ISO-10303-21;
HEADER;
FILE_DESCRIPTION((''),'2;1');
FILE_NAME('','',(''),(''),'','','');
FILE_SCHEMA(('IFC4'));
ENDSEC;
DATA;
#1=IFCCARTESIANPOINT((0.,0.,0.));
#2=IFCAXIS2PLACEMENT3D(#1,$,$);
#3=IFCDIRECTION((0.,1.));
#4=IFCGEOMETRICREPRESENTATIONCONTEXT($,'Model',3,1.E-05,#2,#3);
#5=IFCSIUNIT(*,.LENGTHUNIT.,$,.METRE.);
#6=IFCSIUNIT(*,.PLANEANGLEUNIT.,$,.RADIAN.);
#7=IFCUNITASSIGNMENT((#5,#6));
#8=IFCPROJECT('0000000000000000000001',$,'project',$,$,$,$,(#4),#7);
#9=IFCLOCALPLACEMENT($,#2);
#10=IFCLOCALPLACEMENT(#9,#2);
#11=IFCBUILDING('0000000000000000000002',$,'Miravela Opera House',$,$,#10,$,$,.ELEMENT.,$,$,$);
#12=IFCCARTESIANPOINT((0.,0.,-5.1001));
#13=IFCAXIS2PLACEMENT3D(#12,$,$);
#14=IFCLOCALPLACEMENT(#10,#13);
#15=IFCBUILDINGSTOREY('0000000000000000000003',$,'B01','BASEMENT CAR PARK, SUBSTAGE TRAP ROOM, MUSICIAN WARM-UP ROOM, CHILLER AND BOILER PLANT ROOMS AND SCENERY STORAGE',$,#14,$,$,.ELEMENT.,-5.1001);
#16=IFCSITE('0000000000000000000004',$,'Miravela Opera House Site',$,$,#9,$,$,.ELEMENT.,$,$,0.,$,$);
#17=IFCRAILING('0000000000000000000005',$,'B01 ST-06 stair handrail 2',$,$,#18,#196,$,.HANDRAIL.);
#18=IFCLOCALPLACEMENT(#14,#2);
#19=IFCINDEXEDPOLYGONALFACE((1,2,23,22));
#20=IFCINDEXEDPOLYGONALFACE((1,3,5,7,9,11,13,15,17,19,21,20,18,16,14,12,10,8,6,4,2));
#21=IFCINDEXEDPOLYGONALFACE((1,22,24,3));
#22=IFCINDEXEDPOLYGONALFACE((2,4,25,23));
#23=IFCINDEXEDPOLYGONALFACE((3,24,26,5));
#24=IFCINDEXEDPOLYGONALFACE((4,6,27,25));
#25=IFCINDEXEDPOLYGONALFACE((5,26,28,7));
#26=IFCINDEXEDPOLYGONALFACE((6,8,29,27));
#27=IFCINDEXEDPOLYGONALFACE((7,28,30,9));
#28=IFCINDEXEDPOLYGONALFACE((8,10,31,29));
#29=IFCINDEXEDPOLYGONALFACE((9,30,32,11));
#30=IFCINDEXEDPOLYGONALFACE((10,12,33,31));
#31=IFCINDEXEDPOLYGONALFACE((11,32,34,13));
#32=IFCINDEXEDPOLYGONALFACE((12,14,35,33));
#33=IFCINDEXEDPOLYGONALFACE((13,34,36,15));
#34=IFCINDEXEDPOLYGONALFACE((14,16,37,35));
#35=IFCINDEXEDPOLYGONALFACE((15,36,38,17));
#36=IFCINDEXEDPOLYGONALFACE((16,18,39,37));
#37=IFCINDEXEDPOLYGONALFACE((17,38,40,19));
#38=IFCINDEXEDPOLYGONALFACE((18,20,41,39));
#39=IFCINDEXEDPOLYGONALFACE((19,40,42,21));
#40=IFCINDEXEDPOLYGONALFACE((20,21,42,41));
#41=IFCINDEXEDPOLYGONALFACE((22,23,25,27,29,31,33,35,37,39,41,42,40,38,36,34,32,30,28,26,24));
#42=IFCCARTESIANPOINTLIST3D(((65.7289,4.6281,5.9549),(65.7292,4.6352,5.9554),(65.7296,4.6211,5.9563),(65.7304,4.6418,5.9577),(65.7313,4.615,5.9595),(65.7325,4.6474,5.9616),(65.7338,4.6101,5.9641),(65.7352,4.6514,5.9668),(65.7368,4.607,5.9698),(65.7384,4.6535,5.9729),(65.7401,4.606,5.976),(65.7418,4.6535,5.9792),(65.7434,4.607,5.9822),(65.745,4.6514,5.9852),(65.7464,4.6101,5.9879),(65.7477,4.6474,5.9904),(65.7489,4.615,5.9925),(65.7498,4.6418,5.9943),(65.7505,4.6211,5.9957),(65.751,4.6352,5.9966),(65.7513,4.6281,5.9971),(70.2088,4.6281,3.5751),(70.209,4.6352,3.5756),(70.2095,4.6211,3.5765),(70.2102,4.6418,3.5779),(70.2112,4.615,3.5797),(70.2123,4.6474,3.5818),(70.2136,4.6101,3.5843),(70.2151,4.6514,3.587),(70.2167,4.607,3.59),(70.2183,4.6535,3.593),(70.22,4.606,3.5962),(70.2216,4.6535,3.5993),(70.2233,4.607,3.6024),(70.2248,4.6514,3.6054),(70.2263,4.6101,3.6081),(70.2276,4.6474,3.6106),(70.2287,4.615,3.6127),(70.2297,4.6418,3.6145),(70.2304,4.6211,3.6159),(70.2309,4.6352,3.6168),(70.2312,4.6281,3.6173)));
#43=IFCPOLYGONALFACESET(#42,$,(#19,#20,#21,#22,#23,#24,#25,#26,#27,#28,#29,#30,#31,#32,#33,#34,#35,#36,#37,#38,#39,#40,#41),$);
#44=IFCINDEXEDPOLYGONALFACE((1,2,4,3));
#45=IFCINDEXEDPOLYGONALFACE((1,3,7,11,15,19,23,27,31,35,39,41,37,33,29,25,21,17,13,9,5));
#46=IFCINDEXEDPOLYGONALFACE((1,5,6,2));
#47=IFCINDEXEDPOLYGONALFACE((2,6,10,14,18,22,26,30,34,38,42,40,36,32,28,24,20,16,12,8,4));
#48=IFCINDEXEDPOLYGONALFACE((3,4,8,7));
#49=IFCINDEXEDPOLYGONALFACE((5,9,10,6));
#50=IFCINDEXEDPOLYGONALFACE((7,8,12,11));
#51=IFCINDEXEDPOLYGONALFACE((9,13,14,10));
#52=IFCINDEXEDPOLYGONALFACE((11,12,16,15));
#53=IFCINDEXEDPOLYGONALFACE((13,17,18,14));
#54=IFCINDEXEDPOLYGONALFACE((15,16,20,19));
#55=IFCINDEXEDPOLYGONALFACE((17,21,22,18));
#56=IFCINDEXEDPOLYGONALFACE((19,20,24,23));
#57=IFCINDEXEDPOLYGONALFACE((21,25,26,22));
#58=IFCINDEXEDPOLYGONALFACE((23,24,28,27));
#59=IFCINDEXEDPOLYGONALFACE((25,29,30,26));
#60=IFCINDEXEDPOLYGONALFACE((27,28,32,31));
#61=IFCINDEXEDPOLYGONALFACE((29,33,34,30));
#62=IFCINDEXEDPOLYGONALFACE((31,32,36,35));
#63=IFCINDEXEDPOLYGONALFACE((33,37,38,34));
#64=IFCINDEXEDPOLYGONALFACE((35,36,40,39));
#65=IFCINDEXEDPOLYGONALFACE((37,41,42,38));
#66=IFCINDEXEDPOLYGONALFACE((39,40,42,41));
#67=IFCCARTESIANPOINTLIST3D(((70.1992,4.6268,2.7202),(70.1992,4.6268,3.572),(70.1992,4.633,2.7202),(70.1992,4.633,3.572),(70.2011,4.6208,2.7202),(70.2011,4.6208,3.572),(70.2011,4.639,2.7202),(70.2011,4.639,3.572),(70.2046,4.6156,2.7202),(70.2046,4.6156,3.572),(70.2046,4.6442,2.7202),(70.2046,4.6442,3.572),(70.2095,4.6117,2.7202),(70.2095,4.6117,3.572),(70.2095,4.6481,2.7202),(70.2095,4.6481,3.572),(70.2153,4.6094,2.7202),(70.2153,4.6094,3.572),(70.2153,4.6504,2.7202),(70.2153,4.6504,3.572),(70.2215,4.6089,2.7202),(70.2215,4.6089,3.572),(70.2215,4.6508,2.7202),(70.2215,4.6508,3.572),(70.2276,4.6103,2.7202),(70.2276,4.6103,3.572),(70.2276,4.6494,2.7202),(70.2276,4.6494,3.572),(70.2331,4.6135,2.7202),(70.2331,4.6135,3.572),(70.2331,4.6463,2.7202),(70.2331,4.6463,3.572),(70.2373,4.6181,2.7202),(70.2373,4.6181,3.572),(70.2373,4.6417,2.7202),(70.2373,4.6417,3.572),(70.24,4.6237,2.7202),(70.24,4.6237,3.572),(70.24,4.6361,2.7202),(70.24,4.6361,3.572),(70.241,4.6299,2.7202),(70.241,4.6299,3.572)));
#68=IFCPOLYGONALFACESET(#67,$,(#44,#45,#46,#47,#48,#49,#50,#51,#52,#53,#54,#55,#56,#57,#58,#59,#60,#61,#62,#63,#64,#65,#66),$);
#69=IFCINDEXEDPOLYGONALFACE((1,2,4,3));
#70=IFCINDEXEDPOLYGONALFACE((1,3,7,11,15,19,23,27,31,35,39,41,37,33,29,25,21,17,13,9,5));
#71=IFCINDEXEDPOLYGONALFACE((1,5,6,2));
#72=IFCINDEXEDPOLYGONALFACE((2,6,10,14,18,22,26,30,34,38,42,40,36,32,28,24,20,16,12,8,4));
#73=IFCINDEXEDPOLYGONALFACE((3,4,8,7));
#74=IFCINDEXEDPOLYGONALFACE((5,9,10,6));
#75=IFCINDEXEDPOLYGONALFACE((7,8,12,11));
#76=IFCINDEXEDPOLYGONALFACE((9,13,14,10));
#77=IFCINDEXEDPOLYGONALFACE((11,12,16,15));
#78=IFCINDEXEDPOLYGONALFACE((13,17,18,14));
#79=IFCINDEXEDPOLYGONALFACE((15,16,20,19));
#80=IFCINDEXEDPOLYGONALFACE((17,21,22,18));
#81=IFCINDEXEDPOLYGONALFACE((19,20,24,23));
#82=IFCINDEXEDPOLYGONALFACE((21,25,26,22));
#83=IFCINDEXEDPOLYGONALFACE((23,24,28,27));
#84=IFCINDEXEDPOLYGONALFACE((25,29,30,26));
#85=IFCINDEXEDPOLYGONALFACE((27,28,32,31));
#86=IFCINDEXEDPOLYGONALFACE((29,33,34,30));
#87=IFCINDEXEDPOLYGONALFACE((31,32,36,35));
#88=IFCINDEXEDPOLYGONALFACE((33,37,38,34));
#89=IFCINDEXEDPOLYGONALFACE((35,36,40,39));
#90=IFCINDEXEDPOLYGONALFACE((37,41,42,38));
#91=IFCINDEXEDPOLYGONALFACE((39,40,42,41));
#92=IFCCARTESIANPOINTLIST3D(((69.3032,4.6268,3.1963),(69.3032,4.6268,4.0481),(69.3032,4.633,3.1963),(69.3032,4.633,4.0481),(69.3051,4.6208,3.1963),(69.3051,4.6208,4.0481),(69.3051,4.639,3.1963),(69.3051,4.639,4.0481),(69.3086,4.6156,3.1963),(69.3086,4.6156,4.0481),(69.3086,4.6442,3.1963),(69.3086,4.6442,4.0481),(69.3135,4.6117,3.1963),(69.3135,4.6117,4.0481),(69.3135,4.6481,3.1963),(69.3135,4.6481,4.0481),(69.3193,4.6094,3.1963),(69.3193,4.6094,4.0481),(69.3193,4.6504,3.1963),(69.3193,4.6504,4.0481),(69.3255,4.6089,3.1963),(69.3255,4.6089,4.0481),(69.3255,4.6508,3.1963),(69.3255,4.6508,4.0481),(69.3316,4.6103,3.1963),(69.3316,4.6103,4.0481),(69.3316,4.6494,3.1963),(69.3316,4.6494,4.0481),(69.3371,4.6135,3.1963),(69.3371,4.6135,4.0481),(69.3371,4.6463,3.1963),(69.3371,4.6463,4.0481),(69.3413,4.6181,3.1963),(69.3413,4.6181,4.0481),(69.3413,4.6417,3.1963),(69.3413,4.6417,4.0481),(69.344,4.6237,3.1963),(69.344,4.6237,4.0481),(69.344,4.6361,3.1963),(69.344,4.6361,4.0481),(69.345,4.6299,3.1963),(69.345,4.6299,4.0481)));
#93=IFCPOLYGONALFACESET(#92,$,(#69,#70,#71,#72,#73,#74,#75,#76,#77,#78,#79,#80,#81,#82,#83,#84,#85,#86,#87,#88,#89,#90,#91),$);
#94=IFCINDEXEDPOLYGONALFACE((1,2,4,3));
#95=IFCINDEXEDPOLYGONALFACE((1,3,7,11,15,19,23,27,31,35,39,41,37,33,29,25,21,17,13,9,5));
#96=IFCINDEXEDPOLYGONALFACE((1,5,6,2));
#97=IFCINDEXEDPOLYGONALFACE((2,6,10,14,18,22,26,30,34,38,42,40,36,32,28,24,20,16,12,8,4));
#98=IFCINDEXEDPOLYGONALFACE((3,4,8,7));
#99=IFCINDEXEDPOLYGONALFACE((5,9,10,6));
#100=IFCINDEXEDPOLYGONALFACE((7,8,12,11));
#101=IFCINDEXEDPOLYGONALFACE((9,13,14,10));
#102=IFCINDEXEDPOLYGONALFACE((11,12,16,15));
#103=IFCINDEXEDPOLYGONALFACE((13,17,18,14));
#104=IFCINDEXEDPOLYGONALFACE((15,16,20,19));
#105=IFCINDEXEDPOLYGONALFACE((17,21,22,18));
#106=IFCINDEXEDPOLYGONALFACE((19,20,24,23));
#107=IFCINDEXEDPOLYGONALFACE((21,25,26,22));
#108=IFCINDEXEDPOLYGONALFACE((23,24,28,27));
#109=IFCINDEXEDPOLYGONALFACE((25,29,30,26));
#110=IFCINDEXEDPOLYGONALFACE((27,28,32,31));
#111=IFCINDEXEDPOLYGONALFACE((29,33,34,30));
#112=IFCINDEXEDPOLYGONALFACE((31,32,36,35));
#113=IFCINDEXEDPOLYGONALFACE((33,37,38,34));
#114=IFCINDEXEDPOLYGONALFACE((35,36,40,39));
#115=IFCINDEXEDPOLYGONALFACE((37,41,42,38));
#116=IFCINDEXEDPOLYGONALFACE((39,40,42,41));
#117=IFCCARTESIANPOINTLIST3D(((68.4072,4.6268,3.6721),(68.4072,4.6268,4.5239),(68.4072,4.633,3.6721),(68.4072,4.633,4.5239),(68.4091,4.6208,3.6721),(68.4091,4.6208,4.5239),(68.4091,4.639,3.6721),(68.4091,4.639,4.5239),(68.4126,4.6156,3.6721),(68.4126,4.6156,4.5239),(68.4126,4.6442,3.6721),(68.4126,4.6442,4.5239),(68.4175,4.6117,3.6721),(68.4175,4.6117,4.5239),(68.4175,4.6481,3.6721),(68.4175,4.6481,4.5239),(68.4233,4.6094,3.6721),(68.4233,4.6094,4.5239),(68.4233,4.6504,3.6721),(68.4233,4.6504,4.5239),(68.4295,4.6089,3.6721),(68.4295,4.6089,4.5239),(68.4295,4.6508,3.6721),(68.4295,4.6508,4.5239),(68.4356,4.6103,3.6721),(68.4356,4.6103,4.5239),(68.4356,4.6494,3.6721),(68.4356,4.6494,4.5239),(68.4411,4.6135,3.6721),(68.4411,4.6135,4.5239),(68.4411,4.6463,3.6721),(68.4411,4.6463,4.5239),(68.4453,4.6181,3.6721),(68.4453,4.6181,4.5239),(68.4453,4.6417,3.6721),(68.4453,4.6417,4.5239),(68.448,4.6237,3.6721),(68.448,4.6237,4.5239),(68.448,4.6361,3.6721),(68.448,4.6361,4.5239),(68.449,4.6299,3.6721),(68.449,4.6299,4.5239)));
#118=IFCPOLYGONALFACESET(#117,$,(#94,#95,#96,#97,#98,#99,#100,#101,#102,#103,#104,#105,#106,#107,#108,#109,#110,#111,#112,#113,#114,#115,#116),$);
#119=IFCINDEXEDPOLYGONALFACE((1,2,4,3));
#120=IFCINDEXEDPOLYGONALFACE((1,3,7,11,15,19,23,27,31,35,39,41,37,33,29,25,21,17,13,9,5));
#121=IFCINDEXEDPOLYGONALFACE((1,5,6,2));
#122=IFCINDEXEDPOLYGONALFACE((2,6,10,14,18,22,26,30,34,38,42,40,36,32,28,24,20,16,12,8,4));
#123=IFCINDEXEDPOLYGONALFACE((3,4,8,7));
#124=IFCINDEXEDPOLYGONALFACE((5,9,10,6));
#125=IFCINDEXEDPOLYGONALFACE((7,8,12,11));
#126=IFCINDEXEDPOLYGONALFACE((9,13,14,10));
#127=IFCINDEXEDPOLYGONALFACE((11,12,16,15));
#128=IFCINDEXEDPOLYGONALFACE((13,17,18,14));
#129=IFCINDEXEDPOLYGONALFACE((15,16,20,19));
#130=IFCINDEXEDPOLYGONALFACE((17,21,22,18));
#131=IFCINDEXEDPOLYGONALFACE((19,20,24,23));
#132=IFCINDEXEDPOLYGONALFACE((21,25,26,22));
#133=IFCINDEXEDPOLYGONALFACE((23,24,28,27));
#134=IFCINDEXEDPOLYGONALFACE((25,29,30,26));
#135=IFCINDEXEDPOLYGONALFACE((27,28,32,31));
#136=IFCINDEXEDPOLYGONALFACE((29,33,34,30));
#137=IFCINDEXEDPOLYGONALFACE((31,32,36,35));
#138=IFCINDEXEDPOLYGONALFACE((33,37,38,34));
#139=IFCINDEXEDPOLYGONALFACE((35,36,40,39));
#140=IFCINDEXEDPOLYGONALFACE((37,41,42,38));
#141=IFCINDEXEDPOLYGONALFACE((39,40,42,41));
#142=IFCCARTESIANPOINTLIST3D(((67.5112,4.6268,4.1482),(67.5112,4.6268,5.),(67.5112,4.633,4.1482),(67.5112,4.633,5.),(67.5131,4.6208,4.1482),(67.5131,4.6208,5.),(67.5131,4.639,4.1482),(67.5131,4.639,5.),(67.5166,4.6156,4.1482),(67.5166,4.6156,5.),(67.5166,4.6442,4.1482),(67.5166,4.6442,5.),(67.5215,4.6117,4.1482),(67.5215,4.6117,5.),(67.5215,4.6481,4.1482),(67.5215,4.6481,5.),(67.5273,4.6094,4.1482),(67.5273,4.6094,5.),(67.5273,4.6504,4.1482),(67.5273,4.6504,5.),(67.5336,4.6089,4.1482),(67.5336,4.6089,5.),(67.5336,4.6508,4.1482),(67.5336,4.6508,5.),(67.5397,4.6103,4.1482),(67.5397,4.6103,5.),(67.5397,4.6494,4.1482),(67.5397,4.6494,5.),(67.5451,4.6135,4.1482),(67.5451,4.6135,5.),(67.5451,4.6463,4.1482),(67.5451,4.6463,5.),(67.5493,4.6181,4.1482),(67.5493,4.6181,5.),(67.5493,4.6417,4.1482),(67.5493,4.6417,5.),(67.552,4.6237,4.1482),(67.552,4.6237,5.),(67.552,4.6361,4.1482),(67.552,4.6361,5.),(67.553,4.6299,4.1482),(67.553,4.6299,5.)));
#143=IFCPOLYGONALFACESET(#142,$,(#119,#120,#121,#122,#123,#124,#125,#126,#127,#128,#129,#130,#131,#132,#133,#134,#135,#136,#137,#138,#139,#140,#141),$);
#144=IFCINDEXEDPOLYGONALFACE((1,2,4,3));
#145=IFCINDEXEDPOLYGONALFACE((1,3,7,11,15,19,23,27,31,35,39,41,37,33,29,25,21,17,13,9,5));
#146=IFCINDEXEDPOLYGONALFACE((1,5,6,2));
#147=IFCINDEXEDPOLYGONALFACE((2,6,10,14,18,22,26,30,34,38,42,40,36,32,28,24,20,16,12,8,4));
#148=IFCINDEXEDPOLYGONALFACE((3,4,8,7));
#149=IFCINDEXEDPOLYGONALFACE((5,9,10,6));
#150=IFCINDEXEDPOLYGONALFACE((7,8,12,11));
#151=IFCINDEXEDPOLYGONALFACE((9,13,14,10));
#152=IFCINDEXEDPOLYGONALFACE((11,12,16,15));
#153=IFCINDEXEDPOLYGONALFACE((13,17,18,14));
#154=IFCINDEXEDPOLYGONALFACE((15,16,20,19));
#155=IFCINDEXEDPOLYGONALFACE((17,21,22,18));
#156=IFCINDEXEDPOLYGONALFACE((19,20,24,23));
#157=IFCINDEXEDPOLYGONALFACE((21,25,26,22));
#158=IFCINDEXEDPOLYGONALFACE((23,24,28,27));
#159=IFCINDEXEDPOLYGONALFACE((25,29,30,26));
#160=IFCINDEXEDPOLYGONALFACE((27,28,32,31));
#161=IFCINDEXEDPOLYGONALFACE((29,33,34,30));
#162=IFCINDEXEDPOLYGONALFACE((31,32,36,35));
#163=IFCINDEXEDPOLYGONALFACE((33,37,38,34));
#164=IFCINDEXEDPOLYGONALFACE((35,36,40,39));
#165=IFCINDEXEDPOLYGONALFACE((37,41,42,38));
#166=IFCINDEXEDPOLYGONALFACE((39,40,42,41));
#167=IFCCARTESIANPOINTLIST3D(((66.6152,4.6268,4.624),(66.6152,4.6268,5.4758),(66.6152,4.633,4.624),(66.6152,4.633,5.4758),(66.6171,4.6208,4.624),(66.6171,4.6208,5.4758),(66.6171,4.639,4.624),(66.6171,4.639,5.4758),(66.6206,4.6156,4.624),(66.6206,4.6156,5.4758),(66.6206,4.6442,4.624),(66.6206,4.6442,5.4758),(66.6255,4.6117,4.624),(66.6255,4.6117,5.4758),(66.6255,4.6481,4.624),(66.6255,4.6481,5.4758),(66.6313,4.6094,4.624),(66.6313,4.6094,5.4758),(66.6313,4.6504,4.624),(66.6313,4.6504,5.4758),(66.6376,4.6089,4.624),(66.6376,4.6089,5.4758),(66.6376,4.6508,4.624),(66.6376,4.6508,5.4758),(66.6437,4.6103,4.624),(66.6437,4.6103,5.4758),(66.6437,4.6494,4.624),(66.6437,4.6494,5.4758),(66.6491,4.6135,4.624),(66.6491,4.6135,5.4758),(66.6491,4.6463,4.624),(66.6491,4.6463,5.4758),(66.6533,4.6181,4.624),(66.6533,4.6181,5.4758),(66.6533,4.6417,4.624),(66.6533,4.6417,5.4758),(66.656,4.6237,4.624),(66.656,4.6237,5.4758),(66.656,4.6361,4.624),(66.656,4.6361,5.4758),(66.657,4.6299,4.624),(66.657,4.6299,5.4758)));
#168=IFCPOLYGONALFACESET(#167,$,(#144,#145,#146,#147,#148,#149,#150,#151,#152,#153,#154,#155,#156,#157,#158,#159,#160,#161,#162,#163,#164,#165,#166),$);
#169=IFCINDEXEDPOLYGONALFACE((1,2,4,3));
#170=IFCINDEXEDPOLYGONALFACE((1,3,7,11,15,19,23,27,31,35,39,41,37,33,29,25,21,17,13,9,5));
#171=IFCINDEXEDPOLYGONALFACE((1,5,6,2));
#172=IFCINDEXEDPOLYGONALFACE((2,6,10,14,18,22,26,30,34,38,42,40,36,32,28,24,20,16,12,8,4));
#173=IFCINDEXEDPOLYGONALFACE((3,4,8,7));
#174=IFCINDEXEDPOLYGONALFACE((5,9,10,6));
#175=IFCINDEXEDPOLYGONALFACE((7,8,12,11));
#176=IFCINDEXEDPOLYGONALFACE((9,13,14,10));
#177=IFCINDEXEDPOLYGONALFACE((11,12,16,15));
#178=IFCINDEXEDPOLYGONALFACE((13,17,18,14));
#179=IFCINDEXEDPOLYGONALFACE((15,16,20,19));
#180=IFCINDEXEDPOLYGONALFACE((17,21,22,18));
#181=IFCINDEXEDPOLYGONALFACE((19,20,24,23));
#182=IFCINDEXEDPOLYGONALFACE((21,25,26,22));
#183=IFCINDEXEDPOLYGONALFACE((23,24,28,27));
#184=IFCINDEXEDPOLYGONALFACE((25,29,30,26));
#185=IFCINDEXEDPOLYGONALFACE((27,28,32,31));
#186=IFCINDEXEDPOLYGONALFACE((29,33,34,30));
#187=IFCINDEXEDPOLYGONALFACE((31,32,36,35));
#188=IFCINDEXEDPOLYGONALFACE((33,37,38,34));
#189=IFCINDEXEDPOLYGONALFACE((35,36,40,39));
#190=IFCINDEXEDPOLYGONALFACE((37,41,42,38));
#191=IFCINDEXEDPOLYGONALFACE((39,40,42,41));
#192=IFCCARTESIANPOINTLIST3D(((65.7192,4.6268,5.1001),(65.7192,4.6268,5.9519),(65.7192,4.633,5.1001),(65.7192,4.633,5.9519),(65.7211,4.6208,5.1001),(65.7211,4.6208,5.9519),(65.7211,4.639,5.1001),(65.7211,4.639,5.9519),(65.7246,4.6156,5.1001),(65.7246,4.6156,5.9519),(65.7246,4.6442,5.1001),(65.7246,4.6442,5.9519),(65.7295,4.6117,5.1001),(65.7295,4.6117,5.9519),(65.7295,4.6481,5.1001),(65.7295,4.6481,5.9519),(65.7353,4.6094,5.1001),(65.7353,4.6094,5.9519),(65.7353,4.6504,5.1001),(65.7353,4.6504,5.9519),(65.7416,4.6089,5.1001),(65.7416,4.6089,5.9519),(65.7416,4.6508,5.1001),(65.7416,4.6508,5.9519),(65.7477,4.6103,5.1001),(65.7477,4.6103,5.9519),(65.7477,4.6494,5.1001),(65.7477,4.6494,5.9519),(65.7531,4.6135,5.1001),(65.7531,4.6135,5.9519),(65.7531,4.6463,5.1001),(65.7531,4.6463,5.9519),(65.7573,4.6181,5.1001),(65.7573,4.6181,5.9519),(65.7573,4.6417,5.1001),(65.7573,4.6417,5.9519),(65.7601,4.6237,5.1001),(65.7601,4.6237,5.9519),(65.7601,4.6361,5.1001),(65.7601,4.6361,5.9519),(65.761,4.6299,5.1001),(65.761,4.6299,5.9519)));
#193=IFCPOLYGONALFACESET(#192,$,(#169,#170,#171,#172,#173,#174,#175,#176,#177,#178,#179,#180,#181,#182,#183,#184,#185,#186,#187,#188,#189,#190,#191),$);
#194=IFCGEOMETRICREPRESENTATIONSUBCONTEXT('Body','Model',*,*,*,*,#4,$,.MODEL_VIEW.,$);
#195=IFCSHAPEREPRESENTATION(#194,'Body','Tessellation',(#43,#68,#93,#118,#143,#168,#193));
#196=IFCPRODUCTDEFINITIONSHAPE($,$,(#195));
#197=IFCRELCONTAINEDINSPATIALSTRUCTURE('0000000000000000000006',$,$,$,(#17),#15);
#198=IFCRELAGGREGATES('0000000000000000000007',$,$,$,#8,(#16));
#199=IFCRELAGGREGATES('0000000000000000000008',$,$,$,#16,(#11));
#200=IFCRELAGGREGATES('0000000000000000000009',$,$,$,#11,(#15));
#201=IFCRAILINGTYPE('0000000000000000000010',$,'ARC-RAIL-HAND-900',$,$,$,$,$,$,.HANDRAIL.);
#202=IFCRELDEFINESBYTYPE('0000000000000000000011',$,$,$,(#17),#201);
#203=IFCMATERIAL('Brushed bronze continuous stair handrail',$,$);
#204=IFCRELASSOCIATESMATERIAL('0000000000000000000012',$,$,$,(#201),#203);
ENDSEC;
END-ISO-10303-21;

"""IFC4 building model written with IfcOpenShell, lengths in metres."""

from ifc_helpers import new_model, si_unit, direction, frame, origin, origin_2d, place, context, subcontext, project, spatial, circle, extrude, material, type_object, element, save


model = new_model("IFC4")

# Units and contexts
model_context = context("Model", 3, precision=1e-05, world=origin(), true_north=direction((0.0, 1.0)))
body_context = subcontext(model_context, "Body", "Model", "MODEL_VIEW")
ifc_project = project(units=[si_unit("LENGTHUNIT", "METRE"), si_unit("PLANEANGLEUNIT", "RADIAN")], contexts=[model_context])

# Site, building, storey
site_placement = place(None, origin())
site = spatial("IfcSite", under=ifc_project, at=site_placement, Name="Miravela Opera House Site", CompositionType="ELEMENT", RefElevation=0.0)
building_placement = place(site_placement, origin())
building = spatial("IfcBuilding", under=site, at=building_placement, Name="Miravela Opera House", CompositionType="ELEMENT")
storey_placement = place(building_placement, frame((0.0, 0.0, -5.1001)))
storey = spatial("IfcBuildingStorey", under=building, at=storey_placement, Name="B01", Description="BASEMENT CAR PARK, SUBSTAGE TRAP ROOM, MUSICIAN WARM-UP ROOM, CHILLER AND BOILER PLANT ROOMS AND SCENERY STORAGE", CompositionType="ELEMENT", Elevation=-5.1001)

# Railing
ifc_material_1 = material(Name="Brushed bronze continuous stair handrail")
railing_type = type_object("IfcRailingType", Name="ARC-RAIL-HAND-900", PredefinedType="HANDRAIL", material=ifc_material_1)
railing_placement = place(storey_placement, frame((70.22, 4.6299, 2.7202)))
element("IfcRailing", 1, at=railing_placement, inside=storey, type_object=railing_type, Name="B01 ST-06 stair handrail 2", PredefinedType="HANDRAIL", context=body_context, shape_type="SweptSolid", body=[
    extrude(circle(Radius=0.0239, at=origin_2d()), frame((0.0, 0.0, 0.876), z_axis=(-0.883124, 0.0, 0.469139), x_axis=(0.0, -1.0, 0.0)), (0.0, 0.0, 1.0), 5.0728),
    extrude(circle(Radius=0.021, at=origin_2d()), origin(), (0.0, 0.0, 1.0), 0.8518),
    extrude(circle(Radius=0.021, at=origin_2d()), frame((-0.896, 0.0, 0.4761)), (0.0, 0.0, 1.0), 0.8518),
    extrude(circle(Radius=0.021, at=origin_2d()), frame((-1.792, 0.0, 0.9519)), (0.0, 0.0, 1.0), 0.8518),
    extrude(circle(Radius=0.021, at=origin_2d()), frame((-2.688, 0.0, 1.428)), (0.0, 0.0, 1.0), 0.8518),
    extrude(circle(Radius=0.021, at=origin_2d()), frame((-3.584, 0.0, 1.9038)), (0.0, 0.0, 1.0), 0.8518),
    extrude(circle(Radius=0.021, at=origin_2d()), frame((-4.48, 0.0, 2.3799)), (0.0, 0.0, 1.0), 0.8518),
])

save(model, "model.ifc")
